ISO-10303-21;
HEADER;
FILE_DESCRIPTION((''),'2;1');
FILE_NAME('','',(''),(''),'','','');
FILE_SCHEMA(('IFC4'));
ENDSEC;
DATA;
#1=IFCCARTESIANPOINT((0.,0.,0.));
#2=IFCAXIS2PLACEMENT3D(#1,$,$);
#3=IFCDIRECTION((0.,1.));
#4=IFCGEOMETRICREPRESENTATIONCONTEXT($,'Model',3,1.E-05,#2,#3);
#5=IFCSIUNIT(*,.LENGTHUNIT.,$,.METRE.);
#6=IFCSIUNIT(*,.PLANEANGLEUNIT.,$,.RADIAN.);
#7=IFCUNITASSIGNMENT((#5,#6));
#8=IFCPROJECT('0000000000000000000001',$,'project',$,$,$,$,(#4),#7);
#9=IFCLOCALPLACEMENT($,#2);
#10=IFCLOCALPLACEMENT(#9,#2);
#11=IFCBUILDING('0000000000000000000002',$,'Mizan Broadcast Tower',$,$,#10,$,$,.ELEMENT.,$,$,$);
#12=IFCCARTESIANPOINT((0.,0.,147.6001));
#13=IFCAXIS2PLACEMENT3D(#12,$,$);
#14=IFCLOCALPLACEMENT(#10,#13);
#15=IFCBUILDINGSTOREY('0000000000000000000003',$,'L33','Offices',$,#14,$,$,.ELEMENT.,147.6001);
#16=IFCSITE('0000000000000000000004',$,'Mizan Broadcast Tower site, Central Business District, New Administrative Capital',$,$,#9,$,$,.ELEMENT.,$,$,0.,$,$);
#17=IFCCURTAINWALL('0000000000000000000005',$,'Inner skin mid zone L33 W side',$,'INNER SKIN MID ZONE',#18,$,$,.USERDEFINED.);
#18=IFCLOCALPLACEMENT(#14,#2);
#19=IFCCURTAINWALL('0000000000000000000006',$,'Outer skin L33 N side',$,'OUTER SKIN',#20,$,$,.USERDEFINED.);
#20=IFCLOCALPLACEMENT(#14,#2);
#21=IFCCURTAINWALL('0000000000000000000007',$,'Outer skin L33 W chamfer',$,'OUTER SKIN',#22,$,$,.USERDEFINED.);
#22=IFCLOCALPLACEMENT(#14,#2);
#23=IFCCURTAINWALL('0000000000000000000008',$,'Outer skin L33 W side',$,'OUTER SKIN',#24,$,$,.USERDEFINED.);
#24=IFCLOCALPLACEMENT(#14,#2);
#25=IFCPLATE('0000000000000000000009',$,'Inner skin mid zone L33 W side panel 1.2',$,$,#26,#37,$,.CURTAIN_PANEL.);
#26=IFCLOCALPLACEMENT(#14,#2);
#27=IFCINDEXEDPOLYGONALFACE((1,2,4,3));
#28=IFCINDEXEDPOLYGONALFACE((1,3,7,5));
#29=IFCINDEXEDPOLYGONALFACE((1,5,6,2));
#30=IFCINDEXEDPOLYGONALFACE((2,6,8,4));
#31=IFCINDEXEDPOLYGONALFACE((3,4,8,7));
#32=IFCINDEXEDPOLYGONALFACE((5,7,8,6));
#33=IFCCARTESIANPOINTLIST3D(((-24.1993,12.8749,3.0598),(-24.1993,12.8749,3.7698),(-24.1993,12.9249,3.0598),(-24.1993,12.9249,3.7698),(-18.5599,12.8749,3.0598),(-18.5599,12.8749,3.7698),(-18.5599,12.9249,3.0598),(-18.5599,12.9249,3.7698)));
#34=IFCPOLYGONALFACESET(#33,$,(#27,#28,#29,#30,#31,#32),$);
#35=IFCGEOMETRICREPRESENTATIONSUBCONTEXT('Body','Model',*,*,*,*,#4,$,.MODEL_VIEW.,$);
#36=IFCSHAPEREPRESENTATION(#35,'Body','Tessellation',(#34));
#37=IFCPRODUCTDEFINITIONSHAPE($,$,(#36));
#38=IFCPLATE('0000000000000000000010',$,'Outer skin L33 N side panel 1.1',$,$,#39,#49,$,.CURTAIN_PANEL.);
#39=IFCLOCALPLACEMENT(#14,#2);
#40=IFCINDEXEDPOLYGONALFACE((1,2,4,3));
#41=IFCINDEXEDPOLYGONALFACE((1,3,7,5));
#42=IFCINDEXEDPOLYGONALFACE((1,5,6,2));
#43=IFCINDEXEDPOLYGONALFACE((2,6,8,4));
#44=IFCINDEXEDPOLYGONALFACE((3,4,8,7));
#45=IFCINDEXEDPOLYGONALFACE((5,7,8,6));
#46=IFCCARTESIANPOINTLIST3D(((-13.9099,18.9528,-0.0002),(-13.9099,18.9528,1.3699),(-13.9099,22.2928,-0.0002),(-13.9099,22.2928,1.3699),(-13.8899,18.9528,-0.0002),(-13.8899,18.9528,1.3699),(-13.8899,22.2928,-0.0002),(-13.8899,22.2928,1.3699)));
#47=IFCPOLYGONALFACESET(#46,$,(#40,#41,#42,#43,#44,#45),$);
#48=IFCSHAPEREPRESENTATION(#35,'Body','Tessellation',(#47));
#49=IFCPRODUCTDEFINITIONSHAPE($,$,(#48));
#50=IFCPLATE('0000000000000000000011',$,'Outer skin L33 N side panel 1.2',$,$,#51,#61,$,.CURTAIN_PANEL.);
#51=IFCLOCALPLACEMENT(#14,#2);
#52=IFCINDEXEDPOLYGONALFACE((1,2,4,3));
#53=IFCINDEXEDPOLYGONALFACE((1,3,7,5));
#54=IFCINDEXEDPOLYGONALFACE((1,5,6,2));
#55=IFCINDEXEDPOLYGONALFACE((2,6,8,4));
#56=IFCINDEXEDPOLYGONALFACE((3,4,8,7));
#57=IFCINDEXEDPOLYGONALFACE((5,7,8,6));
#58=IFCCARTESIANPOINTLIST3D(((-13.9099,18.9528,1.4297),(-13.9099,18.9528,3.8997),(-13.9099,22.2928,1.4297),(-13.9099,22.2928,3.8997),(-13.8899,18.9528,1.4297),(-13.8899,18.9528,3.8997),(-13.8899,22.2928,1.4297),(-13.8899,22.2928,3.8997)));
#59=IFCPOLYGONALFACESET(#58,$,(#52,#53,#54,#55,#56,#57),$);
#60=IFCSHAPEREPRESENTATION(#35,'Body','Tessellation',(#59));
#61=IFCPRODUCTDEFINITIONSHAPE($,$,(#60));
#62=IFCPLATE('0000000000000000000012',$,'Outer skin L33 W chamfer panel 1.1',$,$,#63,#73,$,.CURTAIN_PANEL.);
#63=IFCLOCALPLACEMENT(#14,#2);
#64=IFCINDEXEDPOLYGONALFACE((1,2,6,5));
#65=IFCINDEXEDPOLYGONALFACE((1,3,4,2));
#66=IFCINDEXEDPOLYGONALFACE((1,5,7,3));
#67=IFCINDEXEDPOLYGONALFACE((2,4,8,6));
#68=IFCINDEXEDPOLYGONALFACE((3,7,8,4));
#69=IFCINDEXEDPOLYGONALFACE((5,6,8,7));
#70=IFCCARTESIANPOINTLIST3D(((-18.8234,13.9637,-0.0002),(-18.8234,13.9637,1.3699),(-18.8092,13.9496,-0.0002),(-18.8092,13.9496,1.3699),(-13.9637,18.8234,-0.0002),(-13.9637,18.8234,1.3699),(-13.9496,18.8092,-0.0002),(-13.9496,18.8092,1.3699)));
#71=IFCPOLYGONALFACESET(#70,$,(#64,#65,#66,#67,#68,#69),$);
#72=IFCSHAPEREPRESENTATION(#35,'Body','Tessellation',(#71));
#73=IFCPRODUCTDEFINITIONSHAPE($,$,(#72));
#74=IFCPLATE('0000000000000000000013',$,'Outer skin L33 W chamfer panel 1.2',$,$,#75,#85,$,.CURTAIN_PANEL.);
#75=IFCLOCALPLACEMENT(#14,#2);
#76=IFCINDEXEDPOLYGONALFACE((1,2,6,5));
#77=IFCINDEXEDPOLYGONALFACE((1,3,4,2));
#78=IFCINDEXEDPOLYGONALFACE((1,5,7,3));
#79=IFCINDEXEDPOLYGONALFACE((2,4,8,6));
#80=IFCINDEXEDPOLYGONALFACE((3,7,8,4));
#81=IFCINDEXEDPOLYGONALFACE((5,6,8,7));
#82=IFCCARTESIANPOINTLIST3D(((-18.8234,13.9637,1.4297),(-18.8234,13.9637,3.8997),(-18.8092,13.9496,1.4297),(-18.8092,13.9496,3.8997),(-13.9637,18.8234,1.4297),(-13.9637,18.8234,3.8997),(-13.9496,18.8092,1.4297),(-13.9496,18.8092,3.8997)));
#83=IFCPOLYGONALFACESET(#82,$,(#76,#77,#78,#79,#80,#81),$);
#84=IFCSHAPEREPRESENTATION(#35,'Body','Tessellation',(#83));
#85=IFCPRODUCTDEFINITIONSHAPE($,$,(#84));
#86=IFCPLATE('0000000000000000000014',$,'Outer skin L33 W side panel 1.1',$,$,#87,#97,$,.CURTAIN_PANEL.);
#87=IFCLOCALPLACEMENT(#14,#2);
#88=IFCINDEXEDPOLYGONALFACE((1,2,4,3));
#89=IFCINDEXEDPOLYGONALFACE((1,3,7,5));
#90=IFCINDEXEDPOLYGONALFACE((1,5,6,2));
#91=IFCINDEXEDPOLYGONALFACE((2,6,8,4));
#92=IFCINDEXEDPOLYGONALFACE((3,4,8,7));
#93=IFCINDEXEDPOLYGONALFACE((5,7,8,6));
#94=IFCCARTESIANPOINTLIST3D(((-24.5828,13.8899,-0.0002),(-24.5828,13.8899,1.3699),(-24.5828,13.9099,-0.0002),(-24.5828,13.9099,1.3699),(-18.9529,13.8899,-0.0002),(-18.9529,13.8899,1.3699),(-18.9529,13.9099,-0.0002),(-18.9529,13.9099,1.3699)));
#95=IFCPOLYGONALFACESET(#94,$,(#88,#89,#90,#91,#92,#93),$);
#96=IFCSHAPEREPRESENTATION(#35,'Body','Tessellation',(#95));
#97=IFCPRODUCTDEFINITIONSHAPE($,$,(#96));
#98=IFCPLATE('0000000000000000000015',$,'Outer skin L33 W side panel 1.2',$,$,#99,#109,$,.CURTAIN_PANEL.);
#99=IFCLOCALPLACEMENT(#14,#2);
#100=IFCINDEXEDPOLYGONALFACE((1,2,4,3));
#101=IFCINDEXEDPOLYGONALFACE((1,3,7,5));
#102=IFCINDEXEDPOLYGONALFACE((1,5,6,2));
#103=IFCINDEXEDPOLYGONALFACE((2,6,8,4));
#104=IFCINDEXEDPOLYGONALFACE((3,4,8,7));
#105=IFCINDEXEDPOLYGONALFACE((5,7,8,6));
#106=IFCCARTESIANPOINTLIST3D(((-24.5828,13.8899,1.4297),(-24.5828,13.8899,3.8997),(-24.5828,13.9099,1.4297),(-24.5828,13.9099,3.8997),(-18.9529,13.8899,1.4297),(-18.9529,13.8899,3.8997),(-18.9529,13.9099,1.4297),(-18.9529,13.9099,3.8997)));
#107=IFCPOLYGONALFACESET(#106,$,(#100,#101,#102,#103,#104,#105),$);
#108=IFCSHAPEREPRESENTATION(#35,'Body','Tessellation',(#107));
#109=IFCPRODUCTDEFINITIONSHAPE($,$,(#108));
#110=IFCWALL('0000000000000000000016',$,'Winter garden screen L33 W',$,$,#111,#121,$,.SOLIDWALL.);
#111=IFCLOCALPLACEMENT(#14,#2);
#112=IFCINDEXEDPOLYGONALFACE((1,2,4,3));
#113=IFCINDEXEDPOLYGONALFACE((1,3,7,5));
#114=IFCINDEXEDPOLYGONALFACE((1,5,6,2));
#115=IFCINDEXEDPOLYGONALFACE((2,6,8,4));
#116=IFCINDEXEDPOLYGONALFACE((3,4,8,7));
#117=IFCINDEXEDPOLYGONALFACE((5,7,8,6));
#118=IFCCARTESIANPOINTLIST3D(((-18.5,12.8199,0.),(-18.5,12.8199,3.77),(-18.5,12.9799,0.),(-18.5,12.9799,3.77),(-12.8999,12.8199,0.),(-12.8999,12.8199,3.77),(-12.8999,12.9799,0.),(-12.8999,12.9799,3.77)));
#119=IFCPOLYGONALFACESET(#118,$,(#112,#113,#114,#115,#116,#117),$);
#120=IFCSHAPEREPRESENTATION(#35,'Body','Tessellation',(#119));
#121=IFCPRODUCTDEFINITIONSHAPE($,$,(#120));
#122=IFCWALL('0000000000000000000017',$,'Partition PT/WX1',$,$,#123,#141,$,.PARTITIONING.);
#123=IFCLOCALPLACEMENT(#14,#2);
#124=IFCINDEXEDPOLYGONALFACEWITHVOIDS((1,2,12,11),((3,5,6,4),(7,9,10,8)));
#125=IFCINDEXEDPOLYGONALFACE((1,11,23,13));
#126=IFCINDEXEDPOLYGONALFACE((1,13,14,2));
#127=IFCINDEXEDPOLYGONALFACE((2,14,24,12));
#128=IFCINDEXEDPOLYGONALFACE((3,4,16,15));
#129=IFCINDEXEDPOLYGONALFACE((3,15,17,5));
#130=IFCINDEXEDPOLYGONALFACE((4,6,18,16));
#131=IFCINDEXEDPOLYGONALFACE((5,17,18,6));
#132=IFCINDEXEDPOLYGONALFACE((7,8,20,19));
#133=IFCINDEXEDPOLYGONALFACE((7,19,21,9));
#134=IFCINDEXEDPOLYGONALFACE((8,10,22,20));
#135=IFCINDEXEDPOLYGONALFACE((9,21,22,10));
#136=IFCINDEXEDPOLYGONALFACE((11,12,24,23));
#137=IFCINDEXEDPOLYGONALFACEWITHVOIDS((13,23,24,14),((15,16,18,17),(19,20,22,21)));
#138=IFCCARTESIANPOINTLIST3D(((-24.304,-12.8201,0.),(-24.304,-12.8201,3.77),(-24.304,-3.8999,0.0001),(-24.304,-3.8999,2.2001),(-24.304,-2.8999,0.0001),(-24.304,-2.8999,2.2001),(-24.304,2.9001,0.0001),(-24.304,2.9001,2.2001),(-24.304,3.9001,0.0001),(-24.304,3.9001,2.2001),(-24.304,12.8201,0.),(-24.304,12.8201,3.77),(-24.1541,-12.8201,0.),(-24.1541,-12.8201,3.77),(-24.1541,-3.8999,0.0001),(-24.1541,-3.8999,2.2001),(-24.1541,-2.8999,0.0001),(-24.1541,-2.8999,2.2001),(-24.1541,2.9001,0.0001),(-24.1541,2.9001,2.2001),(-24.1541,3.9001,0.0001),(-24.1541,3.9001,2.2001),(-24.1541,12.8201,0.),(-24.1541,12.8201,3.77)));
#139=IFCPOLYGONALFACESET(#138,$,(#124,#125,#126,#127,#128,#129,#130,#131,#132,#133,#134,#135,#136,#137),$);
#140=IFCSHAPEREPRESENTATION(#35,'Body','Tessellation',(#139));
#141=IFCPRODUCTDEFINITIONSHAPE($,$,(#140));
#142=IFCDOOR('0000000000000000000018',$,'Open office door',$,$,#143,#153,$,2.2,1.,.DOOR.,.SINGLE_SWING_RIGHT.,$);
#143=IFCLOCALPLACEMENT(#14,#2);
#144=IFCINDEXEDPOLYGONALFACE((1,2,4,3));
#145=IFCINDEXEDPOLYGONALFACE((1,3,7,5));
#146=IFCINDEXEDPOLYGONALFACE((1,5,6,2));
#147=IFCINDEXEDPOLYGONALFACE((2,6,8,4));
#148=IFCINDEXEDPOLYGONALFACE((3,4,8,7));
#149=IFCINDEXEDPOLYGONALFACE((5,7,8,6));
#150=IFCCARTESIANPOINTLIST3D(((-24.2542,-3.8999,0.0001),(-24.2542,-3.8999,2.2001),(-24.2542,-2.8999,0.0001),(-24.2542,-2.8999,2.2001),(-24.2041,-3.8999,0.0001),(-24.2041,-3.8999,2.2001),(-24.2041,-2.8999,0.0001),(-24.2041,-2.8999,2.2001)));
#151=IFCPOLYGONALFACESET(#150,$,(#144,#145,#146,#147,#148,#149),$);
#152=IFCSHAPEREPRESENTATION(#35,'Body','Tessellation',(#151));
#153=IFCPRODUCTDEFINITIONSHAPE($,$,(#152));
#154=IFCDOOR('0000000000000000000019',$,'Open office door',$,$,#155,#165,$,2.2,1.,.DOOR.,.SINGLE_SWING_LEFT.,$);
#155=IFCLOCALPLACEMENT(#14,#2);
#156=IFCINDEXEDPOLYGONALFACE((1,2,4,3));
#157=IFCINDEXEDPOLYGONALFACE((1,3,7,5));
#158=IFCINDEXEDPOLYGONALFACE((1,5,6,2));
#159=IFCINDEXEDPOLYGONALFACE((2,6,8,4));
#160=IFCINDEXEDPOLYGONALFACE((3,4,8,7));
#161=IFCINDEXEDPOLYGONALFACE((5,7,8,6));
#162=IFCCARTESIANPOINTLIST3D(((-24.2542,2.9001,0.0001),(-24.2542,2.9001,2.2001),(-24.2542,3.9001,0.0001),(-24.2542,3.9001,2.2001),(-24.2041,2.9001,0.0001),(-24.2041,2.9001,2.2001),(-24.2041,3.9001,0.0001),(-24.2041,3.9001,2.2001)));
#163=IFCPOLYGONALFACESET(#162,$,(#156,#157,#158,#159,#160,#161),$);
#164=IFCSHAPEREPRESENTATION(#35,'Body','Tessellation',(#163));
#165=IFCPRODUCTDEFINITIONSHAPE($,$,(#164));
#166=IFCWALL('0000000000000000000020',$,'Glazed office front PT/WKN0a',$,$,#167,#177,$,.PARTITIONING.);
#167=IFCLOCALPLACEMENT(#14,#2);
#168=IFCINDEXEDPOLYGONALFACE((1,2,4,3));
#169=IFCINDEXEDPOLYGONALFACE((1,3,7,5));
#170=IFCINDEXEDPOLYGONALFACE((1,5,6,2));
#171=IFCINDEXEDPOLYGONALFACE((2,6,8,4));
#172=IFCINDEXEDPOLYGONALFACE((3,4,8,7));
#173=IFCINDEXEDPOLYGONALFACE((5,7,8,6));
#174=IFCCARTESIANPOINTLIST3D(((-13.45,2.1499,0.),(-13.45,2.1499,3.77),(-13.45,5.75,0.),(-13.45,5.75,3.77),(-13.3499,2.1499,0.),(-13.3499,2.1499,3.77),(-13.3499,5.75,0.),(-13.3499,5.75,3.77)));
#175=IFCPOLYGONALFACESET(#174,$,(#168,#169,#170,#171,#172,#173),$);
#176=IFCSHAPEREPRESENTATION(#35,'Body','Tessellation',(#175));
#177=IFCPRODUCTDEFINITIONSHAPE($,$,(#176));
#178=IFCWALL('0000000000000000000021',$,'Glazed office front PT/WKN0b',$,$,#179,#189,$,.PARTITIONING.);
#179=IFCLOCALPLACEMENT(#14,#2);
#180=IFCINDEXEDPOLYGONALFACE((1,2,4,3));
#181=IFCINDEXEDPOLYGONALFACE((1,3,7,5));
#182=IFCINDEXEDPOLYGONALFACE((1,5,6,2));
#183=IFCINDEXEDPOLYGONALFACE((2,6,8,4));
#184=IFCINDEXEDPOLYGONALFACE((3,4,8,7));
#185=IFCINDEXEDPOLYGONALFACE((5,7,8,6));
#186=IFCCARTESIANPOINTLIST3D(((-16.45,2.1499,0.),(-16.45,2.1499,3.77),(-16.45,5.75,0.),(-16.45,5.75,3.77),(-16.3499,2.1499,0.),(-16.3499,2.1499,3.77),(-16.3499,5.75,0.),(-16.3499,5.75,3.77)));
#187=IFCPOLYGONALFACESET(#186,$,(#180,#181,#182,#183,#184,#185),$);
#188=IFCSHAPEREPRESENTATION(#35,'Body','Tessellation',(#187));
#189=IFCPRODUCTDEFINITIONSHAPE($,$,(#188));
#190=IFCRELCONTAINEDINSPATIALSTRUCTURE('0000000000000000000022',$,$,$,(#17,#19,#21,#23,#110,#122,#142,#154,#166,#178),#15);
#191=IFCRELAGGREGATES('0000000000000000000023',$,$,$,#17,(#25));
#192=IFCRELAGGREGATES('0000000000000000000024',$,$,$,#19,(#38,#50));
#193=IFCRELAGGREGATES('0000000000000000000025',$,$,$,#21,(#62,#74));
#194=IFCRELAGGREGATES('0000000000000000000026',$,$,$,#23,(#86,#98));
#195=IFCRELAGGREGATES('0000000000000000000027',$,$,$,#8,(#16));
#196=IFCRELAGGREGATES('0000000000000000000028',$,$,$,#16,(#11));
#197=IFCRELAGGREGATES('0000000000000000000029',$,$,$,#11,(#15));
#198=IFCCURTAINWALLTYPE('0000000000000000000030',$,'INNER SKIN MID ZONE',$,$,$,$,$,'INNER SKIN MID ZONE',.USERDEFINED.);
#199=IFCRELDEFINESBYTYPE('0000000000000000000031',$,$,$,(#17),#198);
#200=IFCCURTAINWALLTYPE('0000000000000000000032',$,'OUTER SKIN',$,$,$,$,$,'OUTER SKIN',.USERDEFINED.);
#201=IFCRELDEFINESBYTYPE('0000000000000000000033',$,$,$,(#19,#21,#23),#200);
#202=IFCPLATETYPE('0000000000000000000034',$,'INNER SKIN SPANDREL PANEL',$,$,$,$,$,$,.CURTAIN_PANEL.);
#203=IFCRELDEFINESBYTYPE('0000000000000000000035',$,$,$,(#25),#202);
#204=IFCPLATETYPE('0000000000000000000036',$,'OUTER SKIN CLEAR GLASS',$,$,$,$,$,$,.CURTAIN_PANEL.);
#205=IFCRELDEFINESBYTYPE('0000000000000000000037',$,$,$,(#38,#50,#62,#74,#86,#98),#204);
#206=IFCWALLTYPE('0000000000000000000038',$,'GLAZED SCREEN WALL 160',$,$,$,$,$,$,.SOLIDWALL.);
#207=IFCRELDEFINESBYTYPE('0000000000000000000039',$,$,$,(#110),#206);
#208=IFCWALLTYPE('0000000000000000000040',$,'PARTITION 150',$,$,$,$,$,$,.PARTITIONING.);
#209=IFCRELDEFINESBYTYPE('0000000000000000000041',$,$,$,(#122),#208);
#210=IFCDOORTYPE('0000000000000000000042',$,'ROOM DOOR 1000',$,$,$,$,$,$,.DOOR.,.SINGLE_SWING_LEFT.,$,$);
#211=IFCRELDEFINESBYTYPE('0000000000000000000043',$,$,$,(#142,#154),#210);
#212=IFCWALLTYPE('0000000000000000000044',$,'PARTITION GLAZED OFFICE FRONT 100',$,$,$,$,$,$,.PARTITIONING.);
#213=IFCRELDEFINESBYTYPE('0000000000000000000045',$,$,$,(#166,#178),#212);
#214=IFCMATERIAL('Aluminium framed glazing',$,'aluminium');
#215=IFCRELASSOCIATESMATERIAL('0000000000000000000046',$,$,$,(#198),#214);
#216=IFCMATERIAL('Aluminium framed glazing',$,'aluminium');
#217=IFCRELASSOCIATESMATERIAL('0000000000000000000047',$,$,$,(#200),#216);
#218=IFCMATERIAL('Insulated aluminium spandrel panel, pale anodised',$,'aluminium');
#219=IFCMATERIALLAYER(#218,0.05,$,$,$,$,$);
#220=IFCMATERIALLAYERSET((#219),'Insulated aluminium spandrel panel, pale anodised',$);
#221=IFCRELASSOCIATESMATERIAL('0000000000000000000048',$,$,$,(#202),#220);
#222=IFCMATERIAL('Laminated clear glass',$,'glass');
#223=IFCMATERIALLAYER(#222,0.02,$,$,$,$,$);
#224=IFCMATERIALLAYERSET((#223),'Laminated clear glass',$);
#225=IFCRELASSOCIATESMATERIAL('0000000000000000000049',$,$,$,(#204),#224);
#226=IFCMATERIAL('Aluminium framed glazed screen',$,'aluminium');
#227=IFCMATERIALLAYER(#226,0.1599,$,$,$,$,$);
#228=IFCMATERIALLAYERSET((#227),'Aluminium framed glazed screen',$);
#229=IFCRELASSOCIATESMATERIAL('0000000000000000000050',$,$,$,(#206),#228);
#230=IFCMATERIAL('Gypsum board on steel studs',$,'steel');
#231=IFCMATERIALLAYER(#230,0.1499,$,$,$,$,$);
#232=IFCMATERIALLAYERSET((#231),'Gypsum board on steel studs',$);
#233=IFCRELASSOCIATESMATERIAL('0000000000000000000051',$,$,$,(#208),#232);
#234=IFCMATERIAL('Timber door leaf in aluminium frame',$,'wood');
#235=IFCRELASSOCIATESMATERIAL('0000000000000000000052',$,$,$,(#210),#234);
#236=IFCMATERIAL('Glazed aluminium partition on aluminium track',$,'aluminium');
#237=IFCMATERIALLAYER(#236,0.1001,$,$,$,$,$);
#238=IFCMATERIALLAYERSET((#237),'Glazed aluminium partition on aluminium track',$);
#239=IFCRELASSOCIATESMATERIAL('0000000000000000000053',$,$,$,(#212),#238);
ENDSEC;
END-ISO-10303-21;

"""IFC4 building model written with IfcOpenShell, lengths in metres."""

from ifc_helpers import new_model, si_unit, direction, frame, frame_2d, origin, origin_2d, place, context, subcontext, project, spatial, rectangle, extrude, material, layer, layer_set, type_object, element, fill, aggregate, save


model = new_model("IFC4")

# Units and contexts
model_context = context("Model", 3, precision=1e-05, world=origin(), true_north=direction((0.0, 1.0)))
body_context = subcontext(model_context, "Body", "Model", "MODEL_VIEW")
ifc_project = project(units=[si_unit("LENGTHUNIT", "METRE"), si_unit("PLANEANGLEUNIT", "RADIAN")], contexts=[model_context])

# Site, building, storey
site_placement = place(None, origin())
site = spatial("IfcSite", under=ifc_project, at=site_placement, Name="Mizan Broadcast Tower site, Central Business District, New Administrative Capital", CompositionType="ELEMENT", RefElevation=0.0)
building_placement = place(site_placement, origin())
building = spatial("IfcBuilding", under=site, at=building_placement, Name="Mizan Broadcast Tower", CompositionType="ELEMENT")
storey_placement = place(building_placement, frame((0.0, 0.0, 147.6001)))
storey = spatial("IfcBuildingStorey", under=building, at=storey_placement, Name="L33", Description="Offices", CompositionType="ELEMENT", Elevation=147.6001)

# Curtain wall
ifc_material_1 = material(Name="Aluminium framed glazing", Category="aluminium")
curtain_wall_type_1 = type_object("IfcCurtainWallType", Name="INNER SKIN MID ZONE", ElementType="INNER SKIN MID ZONE", PredefinedType="USERDEFINED", material=ifc_material_1)
curtain_wall_1_placement = place(storey_placement, origin())
curtain_wall_1 = element("IfcCurtainWall", 1, at=curtain_wall_1_placement, inside=storey, type_object=curtain_wall_type_1, Name="Inner skin mid zone L33 W side", ObjectType="INNER SKIN MID ZONE", PredefinedType="USERDEFINED")

# Curtain walls
ifc_material_2 = material(Name="Aluminium framed glazing", Category="aluminium")
curtain_wall_type_2 = type_object("IfcCurtainWallType", Name="OUTER SKIN", ElementType="OUTER SKIN", PredefinedType="USERDEFINED", material=ifc_material_2)
curtain_wall_2_placement = place(storey_placement, origin())
curtain_wall_2 = element("IfcCurtainWall", 2, at=curtain_wall_2_placement, inside=storey, type_object=curtain_wall_type_2, Name="Outer skin L33 N side", ObjectType="OUTER SKIN", PredefinedType="USERDEFINED")
curtain_wall_3_placement = place(storey_placement, origin())
curtain_wall_3 = element("IfcCurtainWall", 3, at=curtain_wall_3_placement, inside=storey, type_object=curtain_wall_type_2, Name="Outer skin L33 W chamfer", ObjectType="OUTER SKIN", PredefinedType="USERDEFINED")
curtain_wall_4_placement = place(storey_placement, origin())
curtain_wall_4 = element("IfcCurtainWall", 4, at=curtain_wall_4_placement, inside=storey, type_object=curtain_wall_type_2, Name="Outer skin L33 W side", ObjectType="OUTER SKIN", PredefinedType="USERDEFINED")

# Plates
ifc_material_3 = material(Name="Insulated aluminium spandrel panel, pale anodised", Category="aluminium")
ifc_layer_1 = layer(ifc_material_3, 0.05)
ifc_layer_set_1 = layer_set([ifc_layer_1], Name="Insulated aluminium spandrel panel, pale anodised")
plate_type_1 = type_object("IfcPlateType", Name="INNER SKIN SPANDREL PANEL", PredefinedType="CURTAIN_PANEL", material=ifc_layer_set_1)
plate_1_placement = place(storey_placement, frame((-21.3796, 12.8999, 3.0598), z_axis=(0.0, 0.0, 1.0), x_axis=(-1.0, 0.0, 0.0)))
plate_1 = element("IfcPlate", 5, at=plate_1_placement, type_object=plate_type_1, Name="Inner skin mid zone L33 W side panel 1.2", PredefinedType="CURTAIN_PANEL", context=body_context, shape_type="SweptSolid", body=[
    extrude(rectangle(XDim=5.6394, YDim=0.05, at=origin_2d()), origin(), (0.0, 0.0, 1.0), 0.71),
])
aggregate(curtain_wall_1, [plate_1])
ifc_material_4 = material(Name="Laminated clear glass", Category="glass")
ifc_layer_2 = layer(ifc_material_4, 0.02)
ifc_layer_set_2 = layer_set([ifc_layer_2], Name="Laminated clear glass")
plate_type_2 = type_object("IfcPlateType", Name="OUTER SKIN CLEAR GLASS", PredefinedType="CURTAIN_PANEL", material=ifc_layer_set_2)
plate_2_placement = place(storey_placement, frame((-13.8999, 20.6228, -0.0002), z_axis=(0.0, 0.0, 1.0), x_axis=(0.0, -1.0, 0.0)))
plate_2 = element("IfcPlate", 6, at=plate_2_placement, type_object=plate_type_2, Name="Outer skin L33 N side panel 1.1", PredefinedType="CURTAIN_PANEL", context=body_context, shape_type="SweptSolid", body=[
    extrude(rectangle(XDim=3.3401, YDim=0.02, at=origin_2d()), origin(), (0.0, 0.0, 1.0), 1.3701),
])
plate_3_placement = place(storey_placement, frame((-13.8999, 20.6228, 1.4297), z_axis=(0.0, 0.0, 1.0), x_axis=(0.0, -1.0, 0.0)))
plate_3 = element("IfcPlate", 7, at=plate_3_placement, type_object=plate_type_2, Name="Outer skin L33 N side panel 1.2", PredefinedType="CURTAIN_PANEL", context=body_context, shape_type="SweptSolid", body=[
    extrude(rectangle(XDim=3.3401, YDim=0.02, at=origin_2d()), origin(), (0.0, 0.0, 1.0), 2.47),
])
aggregate(curtain_wall_2, [plate_2, plate_3])
plate_4_placement = place(storey_placement, frame((-16.3865, 16.3865, -0.0002), z_axis=(0.0, 0.0, 1.0), x_axis=(-0.707107, -0.707107, 0.0)))
plate_4 = element("IfcPlate", 8, at=plate_4_placement, type_object=plate_type_2, Name="Outer skin L33 W chamfer panel 1.1", PredefinedType="CURTAIN_PANEL", context=body_context, shape_type="SweptSolid", body=[
    extrude(rectangle(XDim=6.8726, YDim=0.02, at=origin_2d()), origin(), (0.0, 0.0, 1.0), 1.3701),
])
plate_5_placement = place(storey_placement, frame((-16.3865, 16.3865, 1.4297), z_axis=(0.0, 0.0, 1.0), x_axis=(-0.707107, -0.707107, 0.0)))
plate_5 = element("IfcPlate", 9, at=plate_5_placement, type_object=plate_type_2, Name="Outer skin L33 W chamfer panel 1.2", PredefinedType="CURTAIN_PANEL", context=body_context, shape_type="SweptSolid", body=[
    extrude(rectangle(XDim=6.8726, YDim=0.02, at=origin_2d()), origin(), (0.0, 0.0, 1.0), 2.47),
])
aggregate(curtain_wall_3, [plate_4, plate_5])
plate_6_placement = place(storey_placement, frame((-21.7678, 13.8999, -0.0002), z_axis=(0.0, 0.0, 1.0), x_axis=(-1.0, 0.0, 0.0)))
plate_6 = element("IfcPlate", 10, at=plate_6_placement, type_object=plate_type_2, Name="Outer skin L33 W side panel 1.1", PredefinedType="CURTAIN_PANEL", context=body_context, shape_type="SweptSolid", body=[
    extrude(rectangle(XDim=5.6299, YDim=0.02, at=origin_2d()), origin(), (0.0, 0.0, 1.0), 1.3701),
])
plate_7_placement = place(storey_placement, frame((-21.7678, 13.8999, 1.4297), z_axis=(0.0, 0.0, 1.0), x_axis=(-1.0, 0.0, 0.0)))
plate_7 = element("IfcPlate", 11, at=plate_7_placement, type_object=plate_type_2, Name="Outer skin L33 W side panel 1.2", PredefinedType="CURTAIN_PANEL", context=body_context, shape_type="SweptSolid", body=[
    extrude(rectangle(XDim=5.6299, YDim=0.02, at=origin_2d()), origin(), (0.0, 0.0, 1.0), 2.47),
])
aggregate(curtain_wall_4, [plate_6, plate_7])

# Wall
ifc_material_5 = material(Name="Aluminium framed glazed screen", Category="aluminium")
ifc_layer_3 = layer(ifc_material_5, 0.1599)
ifc_layer_set_3 = layer_set([ifc_layer_3], Name="Aluminium framed glazed screen")
wall_type_1 = type_object("IfcWallType", Name="GLAZED SCREEN WALL 160", PredefinedType="SOLIDWALL", material=ifc_layer_set_3)
wall_1_placement = place(storey_placement, frame((-12.8999, 12.8999, 0.0), z_axis=(0.0, 0.0, 1.0), x_axis=(-1.0, 0.0, 0.0)))
element("IfcWall", 12, at=wall_1_placement, inside=storey, type_object=wall_type_1, Name="Winter garden screen L33 W", PredefinedType="SOLIDWALL", context=body_context, shape_type="SweptSolid", body=[
    extrude(rectangle(XDim=5.6001, YDim=0.1599, at=frame_2d((2.8, 0.0))), origin(), (0.0, 0.0, 1.0), 3.77),
])

# Wall, openings, doors
ifc_material_6 = material(Name="Gypsum board on steel studs", Category="steel")
ifc_layer_4 = layer(ifc_material_6, 0.1499)
ifc_layer_set_4 = layer_set([ifc_layer_4], Name="Gypsum board on steel studs")
wall_type_2 = type_object("IfcWallType", Name="PARTITION 150", PredefinedType="PARTITIONING", material=ifc_layer_set_4)
wall_2_placement = place(storey_placement, frame((-24.229, 12.8201, 0.0), z_axis=(0.0, 0.0, 1.0), x_axis=(0.0, -1.0, 0.0)))
wall_2 = element("IfcWall", 13, at=wall_2_placement, inside=storey, type_object=wall_type_2, Name="Partition PT/WX1", PredefinedType="PARTITIONING", context=body_context, shape_type="SweptSolid", body=[
    extrude(rectangle(XDim=25.6401, YDim=0.1499, at=frame_2d((12.8201, 0.0))), origin(), (0.0, 0.0, 1.0), 3.77),
])
opening_1_placement = place(wall_2_placement, frame((15.72, 0.0, 0.0)))
opening_1 = element("IfcOpeningElement", 14, at=opening_1_placement, cuts=wall_2, PredefinedType="OPENING", context=body_context, shape_type="SweptSolid", body=[
    extrude(rectangle(XDim=1.0, YDim=2.2, at=frame_2d((0.5, 1.1001))), frame((0.0, 0.085, 0.0), z_axis=(0.0, -1.0, 0.0), x_axis=(1.0, 0.0, 0.0)), (0.0, 0.0, 1.0), 0.1699),
])
opening_2_placement = place(wall_2_placement, frame((8.9199, 0.0, 0.0)))
opening_2 = element("IfcOpeningElement", 15, at=opening_2_placement, cuts=wall_2, PredefinedType="OPENING", context=body_context, shape_type="SweptSolid", body=[
    extrude(rectangle(XDim=1.0, YDim=2.2, at=frame_2d((0.5, 1.1001))), frame((0.0, 0.085, 0.0), z_axis=(0.0, -1.0, 0.0), x_axis=(1.0, 0.0, 0.0)), (0.0, 0.0, 1.0), 0.1699),
])
ifc_material_7 = material(Name="Timber door leaf in aluminium frame", Category="wood")
door_type_1 = type_object("IfcDoorType", Name="ROOM DOOR 1000", OperationType="SINGLE_SWING_LEFT", PredefinedType="DOOR", material=ifc_material_7)
door_1_placement = place(opening_1_placement, origin())
door_1 = element("IfcDoor", 16, at=door_1_placement, inside=storey, type_object=door_type_1, Name="Open office door", OperationType="SINGLE_SWING_RIGHT", OverallHeight=2.2, OverallWidth=1.0, PredefinedType="DOOR", context=body_context, shape_type="SweptSolid", body=[
    extrude(rectangle(XDim=1.0, YDim=2.2, at=frame_2d((0.5, 1.1001))), frame((0.0, 0.0249, 0.0), z_axis=(0.0, -1.0, 0.0), x_axis=(1.0, 0.0, 0.0)), (0.0, 0.0, 1.0), 0.05),
])
fill(opening_1, door_1)
door_2_placement = place(opening_2_placement, origin())
door_2 = element("IfcDoor", 17, at=door_2_placement, inside=storey, type_object=door_type_1, Name="Open office door", OperationType="SINGLE_SWING_LEFT", OverallHeight=2.2, OverallWidth=1.0, PredefinedType="DOOR", context=body_context, shape_type="SweptSolid", body=[
    extrude(rectangle(XDim=1.0, YDim=2.2, at=frame_2d((0.5, 1.1001))), frame((0.0, 0.0249, 0.0), z_axis=(0.0, -1.0, 0.0), x_axis=(1.0, 0.0, 0.0)), (0.0, 0.0, 1.0), 0.05),
])
fill(opening_2, door_2)

# Walls
ifc_material_8 = material(Name="Glazed aluminium partition on aluminium track", Category="aluminium")
ifc_layer_5 = layer(ifc_material_8, 0.1001)
ifc_layer_set_5 = layer_set([ifc_layer_5], Name="Glazed aluminium partition on aluminium track")
wall_type_3 = type_object("IfcWallType", Name="PARTITION GLAZED OFFICE FRONT 100", PredefinedType="PARTITIONING", material=ifc_layer_set_5)
for number, where, z_axis, x_axis, name in (
    (18, (-13.3999, 2.1499, 0.0), (0.0, 0.0, 1.0), (0.0, 1.0, 0.0), "Glazed office front PT/WKN0a"),
    (19, (-16.3999, 2.1499, 0.0), (0.0, 0.0, 1.0), (0.0, 1.0, 0.0), "Glazed office front PT/WKN0b"),
):
    element("IfcWall", number, at=place(storey_placement, frame(where, z_axis=z_axis, x_axis=x_axis)), inside=storey, type_object=wall_type_3, Name=name, PredefinedType="PARTITIONING", context=body_context, shape_type="SweptSolid", body=[
        extrude(rectangle(XDim=3.6001, YDim=0.1001, at=frame_2d((1.8, 0.0))), origin(), (0.0, 0.0, 1.0), 3.77),
    ])

save(model, "model.ifc")
